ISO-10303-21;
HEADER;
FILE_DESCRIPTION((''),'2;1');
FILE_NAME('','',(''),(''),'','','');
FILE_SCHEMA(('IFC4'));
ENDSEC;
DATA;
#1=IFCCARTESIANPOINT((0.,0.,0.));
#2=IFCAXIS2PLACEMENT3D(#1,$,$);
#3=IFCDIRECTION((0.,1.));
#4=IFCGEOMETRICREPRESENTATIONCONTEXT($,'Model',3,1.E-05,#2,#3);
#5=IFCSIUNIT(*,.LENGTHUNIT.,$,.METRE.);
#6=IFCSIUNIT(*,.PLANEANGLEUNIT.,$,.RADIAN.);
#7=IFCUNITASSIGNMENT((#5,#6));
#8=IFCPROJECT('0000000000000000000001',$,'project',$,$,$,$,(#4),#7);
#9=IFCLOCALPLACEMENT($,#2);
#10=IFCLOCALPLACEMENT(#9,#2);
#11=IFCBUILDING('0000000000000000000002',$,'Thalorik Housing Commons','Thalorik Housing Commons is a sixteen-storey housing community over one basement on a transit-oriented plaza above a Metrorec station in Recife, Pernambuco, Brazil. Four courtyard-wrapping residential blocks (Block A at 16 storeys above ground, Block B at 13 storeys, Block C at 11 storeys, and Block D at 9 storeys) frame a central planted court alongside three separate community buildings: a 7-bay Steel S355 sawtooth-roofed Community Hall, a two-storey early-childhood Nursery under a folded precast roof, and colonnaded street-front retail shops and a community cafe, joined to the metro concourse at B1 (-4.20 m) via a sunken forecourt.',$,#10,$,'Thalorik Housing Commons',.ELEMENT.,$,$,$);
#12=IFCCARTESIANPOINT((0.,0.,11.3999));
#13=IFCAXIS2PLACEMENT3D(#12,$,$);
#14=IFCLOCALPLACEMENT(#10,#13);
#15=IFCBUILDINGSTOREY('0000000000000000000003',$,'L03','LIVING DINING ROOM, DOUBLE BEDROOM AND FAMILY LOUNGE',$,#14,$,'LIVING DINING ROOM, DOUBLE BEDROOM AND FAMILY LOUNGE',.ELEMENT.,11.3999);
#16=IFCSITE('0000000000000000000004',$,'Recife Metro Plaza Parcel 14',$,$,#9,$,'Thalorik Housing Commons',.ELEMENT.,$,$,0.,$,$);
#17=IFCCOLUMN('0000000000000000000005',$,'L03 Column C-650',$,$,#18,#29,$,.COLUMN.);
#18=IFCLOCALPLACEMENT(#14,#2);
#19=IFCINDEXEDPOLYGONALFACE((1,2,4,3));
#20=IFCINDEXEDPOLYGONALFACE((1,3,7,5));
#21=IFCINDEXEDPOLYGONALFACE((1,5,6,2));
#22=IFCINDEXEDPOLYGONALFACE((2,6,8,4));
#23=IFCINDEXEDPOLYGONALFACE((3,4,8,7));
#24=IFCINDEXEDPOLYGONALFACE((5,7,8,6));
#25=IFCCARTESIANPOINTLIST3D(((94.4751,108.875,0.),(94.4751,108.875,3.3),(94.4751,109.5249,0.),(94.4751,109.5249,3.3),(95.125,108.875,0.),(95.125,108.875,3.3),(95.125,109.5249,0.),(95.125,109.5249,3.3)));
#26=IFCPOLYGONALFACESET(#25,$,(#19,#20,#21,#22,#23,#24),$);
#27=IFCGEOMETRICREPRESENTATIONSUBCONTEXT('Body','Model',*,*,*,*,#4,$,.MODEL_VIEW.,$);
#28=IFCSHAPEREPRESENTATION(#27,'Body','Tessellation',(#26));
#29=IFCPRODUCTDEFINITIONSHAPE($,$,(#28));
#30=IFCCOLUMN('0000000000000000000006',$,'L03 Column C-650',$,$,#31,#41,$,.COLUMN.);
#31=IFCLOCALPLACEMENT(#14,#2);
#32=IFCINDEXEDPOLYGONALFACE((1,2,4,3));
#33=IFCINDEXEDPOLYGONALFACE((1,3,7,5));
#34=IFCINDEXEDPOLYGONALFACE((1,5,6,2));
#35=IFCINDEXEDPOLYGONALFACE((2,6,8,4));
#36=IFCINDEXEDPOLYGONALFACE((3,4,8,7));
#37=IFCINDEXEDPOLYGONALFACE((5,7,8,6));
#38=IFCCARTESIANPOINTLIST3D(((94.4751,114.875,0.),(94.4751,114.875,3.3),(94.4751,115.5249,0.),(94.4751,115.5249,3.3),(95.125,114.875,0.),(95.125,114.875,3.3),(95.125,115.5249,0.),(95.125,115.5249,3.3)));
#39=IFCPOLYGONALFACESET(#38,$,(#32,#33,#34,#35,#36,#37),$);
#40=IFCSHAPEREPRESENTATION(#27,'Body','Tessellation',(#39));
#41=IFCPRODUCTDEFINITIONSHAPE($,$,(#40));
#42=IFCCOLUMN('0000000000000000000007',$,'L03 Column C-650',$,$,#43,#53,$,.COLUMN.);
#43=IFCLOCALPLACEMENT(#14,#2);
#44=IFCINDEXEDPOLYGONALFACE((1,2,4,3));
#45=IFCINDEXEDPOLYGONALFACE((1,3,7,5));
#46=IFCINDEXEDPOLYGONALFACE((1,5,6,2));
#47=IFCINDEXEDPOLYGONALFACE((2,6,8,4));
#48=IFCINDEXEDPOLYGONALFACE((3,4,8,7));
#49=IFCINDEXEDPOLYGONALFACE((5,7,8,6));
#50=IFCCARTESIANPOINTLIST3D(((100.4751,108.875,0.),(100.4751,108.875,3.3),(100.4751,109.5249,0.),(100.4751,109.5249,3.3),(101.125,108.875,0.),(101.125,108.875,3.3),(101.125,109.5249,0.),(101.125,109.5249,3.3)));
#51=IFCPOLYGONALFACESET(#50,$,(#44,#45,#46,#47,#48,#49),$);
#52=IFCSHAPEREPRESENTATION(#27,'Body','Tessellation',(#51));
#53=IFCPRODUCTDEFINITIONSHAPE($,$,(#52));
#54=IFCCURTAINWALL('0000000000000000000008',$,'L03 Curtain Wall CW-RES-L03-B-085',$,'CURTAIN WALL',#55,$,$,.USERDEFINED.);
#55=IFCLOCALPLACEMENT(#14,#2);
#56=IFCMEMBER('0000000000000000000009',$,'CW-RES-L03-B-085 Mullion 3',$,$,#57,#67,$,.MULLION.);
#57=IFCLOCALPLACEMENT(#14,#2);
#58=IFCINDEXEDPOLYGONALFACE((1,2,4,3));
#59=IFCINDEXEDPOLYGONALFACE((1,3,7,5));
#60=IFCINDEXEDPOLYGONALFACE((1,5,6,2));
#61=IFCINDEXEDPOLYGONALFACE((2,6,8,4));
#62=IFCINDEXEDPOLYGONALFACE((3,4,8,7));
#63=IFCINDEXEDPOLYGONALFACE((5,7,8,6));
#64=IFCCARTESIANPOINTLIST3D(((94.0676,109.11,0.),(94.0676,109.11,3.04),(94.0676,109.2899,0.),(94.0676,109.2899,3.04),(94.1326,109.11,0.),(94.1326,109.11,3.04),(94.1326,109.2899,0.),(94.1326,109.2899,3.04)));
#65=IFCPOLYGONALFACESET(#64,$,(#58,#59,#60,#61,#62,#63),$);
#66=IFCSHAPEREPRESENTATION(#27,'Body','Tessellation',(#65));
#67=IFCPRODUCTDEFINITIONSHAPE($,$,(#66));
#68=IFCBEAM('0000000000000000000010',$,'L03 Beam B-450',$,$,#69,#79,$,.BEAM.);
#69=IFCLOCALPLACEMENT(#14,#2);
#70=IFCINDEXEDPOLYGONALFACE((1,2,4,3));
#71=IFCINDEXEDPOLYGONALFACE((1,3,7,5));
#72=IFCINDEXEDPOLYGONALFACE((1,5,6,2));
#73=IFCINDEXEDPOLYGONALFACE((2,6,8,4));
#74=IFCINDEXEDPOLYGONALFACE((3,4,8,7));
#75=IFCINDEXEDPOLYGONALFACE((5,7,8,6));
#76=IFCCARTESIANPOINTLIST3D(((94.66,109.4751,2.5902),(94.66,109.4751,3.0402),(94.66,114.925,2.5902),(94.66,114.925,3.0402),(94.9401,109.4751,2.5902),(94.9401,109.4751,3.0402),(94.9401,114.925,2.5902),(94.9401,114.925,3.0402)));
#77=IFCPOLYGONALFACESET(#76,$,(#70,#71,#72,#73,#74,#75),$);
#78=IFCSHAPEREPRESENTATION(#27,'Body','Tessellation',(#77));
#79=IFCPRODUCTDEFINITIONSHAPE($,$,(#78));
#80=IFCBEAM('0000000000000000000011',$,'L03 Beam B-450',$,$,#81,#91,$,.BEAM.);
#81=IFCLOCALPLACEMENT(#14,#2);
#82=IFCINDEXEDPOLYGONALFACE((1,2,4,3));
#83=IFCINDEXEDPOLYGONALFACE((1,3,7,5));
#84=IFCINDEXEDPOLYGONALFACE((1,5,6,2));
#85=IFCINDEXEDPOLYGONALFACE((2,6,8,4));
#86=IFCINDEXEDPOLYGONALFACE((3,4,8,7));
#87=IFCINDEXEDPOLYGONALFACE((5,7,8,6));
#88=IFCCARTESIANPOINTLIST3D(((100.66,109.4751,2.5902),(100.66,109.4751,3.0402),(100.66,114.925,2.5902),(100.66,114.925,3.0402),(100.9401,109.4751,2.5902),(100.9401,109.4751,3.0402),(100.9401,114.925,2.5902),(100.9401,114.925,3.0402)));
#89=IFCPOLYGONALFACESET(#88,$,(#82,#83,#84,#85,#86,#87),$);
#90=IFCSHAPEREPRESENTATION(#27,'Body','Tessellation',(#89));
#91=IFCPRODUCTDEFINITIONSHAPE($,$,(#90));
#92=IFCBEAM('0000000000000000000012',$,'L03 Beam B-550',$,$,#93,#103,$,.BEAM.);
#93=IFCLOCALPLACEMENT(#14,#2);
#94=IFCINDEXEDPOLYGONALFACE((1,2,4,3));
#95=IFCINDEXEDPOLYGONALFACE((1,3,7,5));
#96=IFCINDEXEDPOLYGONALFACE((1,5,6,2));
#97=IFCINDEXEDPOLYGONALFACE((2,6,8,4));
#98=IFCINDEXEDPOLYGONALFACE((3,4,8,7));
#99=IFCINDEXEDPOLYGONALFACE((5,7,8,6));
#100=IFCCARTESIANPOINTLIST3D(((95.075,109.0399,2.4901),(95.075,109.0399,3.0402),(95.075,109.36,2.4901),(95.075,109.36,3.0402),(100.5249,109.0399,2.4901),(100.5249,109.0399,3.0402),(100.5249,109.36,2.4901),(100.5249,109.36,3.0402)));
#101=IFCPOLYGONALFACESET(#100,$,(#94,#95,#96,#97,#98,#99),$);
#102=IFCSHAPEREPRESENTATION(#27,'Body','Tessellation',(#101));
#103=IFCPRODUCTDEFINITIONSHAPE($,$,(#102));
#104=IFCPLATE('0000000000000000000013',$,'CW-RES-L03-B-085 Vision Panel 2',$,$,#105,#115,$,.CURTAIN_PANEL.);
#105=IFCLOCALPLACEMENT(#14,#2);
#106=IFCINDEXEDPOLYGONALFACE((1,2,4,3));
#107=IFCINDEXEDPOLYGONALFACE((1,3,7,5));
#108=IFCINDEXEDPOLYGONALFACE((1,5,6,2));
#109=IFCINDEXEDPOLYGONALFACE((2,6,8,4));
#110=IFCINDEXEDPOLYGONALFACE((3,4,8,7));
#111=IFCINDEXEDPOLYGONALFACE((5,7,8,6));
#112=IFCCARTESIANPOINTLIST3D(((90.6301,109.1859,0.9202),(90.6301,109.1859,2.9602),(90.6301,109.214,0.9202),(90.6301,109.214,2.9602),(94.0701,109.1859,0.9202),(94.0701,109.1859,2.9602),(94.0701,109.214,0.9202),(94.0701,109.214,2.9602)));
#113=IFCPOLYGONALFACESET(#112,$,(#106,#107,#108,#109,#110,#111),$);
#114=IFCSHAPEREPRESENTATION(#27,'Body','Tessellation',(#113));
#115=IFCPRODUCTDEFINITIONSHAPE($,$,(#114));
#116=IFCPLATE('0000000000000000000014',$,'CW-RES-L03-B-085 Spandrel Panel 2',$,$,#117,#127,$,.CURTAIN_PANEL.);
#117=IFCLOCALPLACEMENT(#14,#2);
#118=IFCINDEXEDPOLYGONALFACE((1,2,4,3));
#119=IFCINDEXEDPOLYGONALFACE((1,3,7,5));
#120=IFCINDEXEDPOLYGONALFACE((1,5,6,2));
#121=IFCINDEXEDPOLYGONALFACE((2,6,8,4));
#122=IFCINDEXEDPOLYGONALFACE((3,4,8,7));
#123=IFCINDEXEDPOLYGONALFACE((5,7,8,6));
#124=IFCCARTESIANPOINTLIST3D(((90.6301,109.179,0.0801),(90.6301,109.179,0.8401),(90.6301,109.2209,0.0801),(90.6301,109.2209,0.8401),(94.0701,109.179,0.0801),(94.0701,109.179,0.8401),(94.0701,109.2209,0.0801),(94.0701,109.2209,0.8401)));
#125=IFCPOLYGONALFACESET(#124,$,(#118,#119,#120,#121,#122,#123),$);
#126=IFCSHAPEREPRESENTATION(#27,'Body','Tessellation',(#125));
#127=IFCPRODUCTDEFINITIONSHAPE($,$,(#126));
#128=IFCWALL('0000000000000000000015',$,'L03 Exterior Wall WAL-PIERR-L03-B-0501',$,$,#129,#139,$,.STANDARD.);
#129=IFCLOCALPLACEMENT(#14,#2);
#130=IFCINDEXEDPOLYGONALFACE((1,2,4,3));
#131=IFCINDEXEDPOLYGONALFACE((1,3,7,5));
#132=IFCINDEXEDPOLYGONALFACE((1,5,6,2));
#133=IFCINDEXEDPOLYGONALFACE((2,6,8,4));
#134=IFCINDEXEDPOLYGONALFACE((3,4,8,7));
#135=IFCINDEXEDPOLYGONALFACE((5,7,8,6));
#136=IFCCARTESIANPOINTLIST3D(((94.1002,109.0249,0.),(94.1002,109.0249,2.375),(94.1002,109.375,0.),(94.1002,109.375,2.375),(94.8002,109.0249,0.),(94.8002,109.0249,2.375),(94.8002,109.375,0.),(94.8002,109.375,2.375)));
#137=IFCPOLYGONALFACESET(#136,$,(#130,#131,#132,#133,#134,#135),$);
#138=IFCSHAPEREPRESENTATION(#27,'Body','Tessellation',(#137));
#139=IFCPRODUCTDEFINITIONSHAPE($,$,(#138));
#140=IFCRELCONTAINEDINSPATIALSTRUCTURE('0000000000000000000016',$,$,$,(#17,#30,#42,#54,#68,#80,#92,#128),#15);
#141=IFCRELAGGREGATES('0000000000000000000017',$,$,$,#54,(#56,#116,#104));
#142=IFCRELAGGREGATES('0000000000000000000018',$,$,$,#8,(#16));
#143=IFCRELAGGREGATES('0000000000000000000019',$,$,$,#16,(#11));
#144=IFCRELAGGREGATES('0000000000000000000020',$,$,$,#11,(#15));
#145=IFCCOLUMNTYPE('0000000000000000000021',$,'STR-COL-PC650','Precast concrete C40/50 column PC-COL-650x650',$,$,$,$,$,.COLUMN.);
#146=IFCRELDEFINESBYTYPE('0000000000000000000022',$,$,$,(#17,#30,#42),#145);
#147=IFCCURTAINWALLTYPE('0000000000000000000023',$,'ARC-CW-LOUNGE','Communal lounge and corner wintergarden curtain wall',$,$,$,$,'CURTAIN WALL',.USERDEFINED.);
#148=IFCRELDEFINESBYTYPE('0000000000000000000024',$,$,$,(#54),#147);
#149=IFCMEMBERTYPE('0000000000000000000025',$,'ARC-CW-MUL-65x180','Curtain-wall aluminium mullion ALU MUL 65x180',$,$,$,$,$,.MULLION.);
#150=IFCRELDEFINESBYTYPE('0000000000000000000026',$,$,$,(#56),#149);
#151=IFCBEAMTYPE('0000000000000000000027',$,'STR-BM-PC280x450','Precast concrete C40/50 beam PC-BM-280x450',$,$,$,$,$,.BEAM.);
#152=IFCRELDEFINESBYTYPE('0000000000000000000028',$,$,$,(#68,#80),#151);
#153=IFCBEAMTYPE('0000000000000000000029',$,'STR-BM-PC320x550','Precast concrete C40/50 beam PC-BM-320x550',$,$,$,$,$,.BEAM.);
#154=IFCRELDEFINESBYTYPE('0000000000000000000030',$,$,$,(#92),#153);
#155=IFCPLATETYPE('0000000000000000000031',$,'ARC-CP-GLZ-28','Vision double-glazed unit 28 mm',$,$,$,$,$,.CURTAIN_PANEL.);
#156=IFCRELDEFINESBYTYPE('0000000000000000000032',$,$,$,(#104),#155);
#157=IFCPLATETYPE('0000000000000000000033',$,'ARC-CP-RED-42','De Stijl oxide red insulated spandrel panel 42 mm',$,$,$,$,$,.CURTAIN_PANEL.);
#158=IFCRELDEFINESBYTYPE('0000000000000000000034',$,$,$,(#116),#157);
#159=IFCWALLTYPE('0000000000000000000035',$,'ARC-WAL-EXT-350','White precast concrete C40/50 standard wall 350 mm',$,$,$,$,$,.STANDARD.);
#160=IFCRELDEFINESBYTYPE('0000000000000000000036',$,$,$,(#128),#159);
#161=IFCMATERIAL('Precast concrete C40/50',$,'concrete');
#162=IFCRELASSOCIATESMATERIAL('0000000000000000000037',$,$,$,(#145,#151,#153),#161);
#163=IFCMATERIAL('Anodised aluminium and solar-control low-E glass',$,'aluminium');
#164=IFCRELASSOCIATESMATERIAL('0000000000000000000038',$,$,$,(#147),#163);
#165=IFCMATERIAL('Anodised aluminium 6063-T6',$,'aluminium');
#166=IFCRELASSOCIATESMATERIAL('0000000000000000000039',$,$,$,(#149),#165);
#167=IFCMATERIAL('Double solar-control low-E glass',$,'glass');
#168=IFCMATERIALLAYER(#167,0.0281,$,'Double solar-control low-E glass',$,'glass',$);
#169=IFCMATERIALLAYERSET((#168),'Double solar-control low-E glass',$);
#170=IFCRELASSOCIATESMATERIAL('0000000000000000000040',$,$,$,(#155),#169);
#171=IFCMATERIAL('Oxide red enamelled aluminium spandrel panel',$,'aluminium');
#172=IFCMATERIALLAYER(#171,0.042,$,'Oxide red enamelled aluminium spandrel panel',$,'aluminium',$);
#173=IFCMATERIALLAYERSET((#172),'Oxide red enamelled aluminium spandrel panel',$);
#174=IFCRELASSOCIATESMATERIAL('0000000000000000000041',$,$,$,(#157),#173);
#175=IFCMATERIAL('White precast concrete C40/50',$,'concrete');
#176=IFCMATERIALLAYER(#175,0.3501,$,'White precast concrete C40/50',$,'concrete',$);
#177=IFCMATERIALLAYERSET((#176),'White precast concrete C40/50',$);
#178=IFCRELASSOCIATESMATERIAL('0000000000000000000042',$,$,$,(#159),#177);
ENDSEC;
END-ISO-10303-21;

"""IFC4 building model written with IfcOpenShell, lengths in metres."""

from ifc_helpers import new_model, si_unit, direction, frame, frame_2d, origin, origin_2d, place, context, subcontext, project, spatial, rectangle, extrude, material, layer, layer_set, material_profile, profile_set, type_object, element, aggregate, save


model = new_model("IFC4")

# Units and contexts
model_context = context("Model", 3, precision=1e-05, world=origin(), true_north=direction((0.0, 1.0)))
body_context = subcontext(model_context, "Body", "Model", "MODEL_VIEW")
ifc_project = project(units=[si_unit("LENGTHUNIT", "METRE"), si_unit("PLANEANGLEUNIT", "RADIAN")], contexts=[model_context])

# Site, building, storey
site_placement = place(None, origin())
site = spatial("IfcSite", under=ifc_project, at=site_placement, Name="Recife Metro Plaza Parcel 14", LongName="Thalorik Housing Commons", CompositionType="ELEMENT", RefElevation=0.0)
building_placement = place(site_placement, origin())
building = spatial("IfcBuilding", under=site, at=building_placement, Name="Thalorik Housing Commons", Description="Thalorik Housing Commons is a sixteen-storey housing community over one basement on a transit-oriented plaza above a Metrorec station in Recife, Pernambuco, Brazil. Four courtyard-wrapping residential blocks (Block A at 16 storeys above ground, Block B at 13 storeys, Block C at 11 storeys, and Block D at 9 storeys) frame a central planted court alongside three separate community buildings: a 7-bay Steel S355 sawtooth-roofed Community Hall, a two-storey early-childhood Nursery under a folded precast roof, and colonnaded street-front retail shops and a community cafe, joined to the metro concourse at B1 (-4.20 m) via a sunken forecourt.", LongName="Thalorik Housing Commons", CompositionType="ELEMENT")
storey_placement = place(building_placement, frame((0.0, 0.0, 11.3999)))
storey = spatial("IfcBuildingStorey", under=building, at=storey_placement, Name="L03", Description="LIVING DINING ROOM, DOUBLE BEDROOM AND FAMILY LOUNGE", LongName="LIVING DINING ROOM, DOUBLE BEDROOM AND FAMILY LOUNGE", CompositionType="ELEMENT", Elevation=11.3999)

# Columns
ifc_material_1 = material(Name="Precast concrete C40/50", Category="concrete")
ifc_material_profile_1 = material_profile(ifc_material_1, rectangle(XDim=0.6499, YDim=0.6499, at=origin_2d()), Name="PC 650x650", Category="concrete")
ifc_profile_set_1 = profile_set([ifc_material_profile_1], Name="Precast concrete C40/50")
column_type = type_object("IfcColumnType", Name="STR-COL-PC650", Description="Precast concrete C40/50 column PC-COL-650x650", PredefinedType="COLUMN", material=ifc_profile_set_1)
for number, where, z_axis, x_axis, name in (
    (1, (94.8, 109.2, 0.0), (0.0, 0.0, 1.0), (1.0, 0.0, 0.0), "L03 Column C-650"),
    (2, (94.8, 115.2, 0.0), (0.0, 0.0, 1.0), (1.0, 0.0, 0.0), "L03 Column C-650"),
    (3, (100.8, 109.2, 0.0), (0.0, 0.0, 1.0), (1.0, 0.0, 0.0), "L03 Column C-650"),
):
    element("IfcColumn", number, at=place(storey_placement, frame(where, z_axis=z_axis, x_axis=x_axis)), inside=storey, type_object=column_type, Name=name, PredefinedType="COLUMN", context=body_context, shape_type="SweptSolid", body=[
        extrude(rectangle(XDim=0.6499, YDim=0.6499, at=origin_2d()), origin(), (0.0, 0.0, 1.0), 3.3),
    ])

# Curtain wall, member
ifc_material_2 = material(Name="Anodised aluminium and solar-control low-E glass", Category="aluminium")
curtain_wall_type = type_object("IfcCurtainWallType", Name="ARC-CW-LOUNGE", Description="Communal lounge and corner wintergarden curtain wall", ElementType="CURTAIN WALL", PredefinedType="USERDEFINED", material=ifc_material_2)
curtain_wall_placement = place(storey_placement, origin())
curtain_wall = element("IfcCurtainWall", 4, at=curtain_wall_placement, inside=storey, type_object=curtain_wall_type, Name="L03 Curtain Wall CW-RES-L03-B-085", ObjectType="CURTAIN WALL", PredefinedType="USERDEFINED")
ifc_material_3 = material(Name="Anodised aluminium 6063-T6", Category="aluminium")
ifc_material_profile_2 = material_profile(ifc_material_3, rectangle(XDim=0.0649, YDim=0.1799, at=origin_2d()), Name="ALU MUL 65x180", Category="aluminium")
ifc_profile_set_2 = profile_set([ifc_material_profile_2], Name="Anodised aluminium 6063-T6")
member_type = type_object("IfcMemberType", Name="ARC-CW-MUL-65x180", Description="Curtain-wall aluminium mullion ALU MUL 65x180", PredefinedType="MULLION", material=ifc_profile_set_2)
member_placement = place(storey_placement, frame((94.1001, 109.2, 0.0), z_axis=(0.0, 0.0, 1.0), x_axis=(1.0, 0.0, 0.0)))
member = element("IfcMember", 5, at=member_placement, type_object=member_type, Name="CW-RES-L03-B-085 Mullion 3", PredefinedType="MULLION", context=body_context, shape_type="SweptSolid", body=[
    extrude(rectangle(XDim=0.0649, YDim=0.1799, at=origin_2d()), origin(), (0.0, 0.0, 1.0), 3.04),
])

# Beams
ifc_material_profile_3 = material_profile(ifc_material_1, rectangle(XDim=0.28, YDim=0.45, at=origin_2d()), Name="PC 280x450", Category="concrete")
ifc_profile_set_3 = profile_set([ifc_material_profile_3], Name="Precast concrete C40/50")
beam_type_1 = type_object("IfcBeamType", Name="STR-BM-PC280x450", Description="Precast concrete C40/50 beam PC-BM-280x450", PredefinedType="BEAM", material=ifc_profile_set_3)
for number, where, z_axis, x_axis, name in (
    (6, (94.8, 109.4751, 2.8152), (0.0, 1.0, 0.0), (-1.0, 0.0, 0.0), "L03 Beam B-450"),
    (7, (100.8, 109.4751, 2.8152), (0.0, 1.0, 0.0), (-1.0, 0.0, 0.0), "L03 Beam B-450"),
):
    element("IfcBeam", number, at=place(storey_placement, frame(where, z_axis=z_axis, x_axis=x_axis)), inside=storey, type_object=beam_type_1, Name=name, PredefinedType="BEAM", context=body_context, shape_type="SweptSolid", body=[
        extrude(rectangle(XDim=0.28, YDim=0.45, at=origin_2d()), origin(), (0.0, 0.0, 1.0), 5.45),
    ])
ifc_material_profile_4 = material_profile(ifc_material_1, rectangle(XDim=0.3201, YDim=0.55, at=origin_2d()), Name="PC 320x550", Category="concrete")
ifc_profile_set_4 = profile_set([ifc_material_profile_4], Name="Precast concrete C40/50")
beam_type_2 = type_object("IfcBeamType", Name="STR-BM-PC320x550", Description="Precast concrete C40/50 beam PC-BM-320x550", PredefinedType="BEAM", material=ifc_profile_set_4)
beam_placement = place(storey_placement, frame((95.075, 109.2, 2.7651), z_axis=(1.0, 0.0, 0.0), x_axis=(0.0, 1.0, 0.0)))
element("IfcBeam", 8, at=beam_placement, inside=storey, type_object=beam_type_2, Name="L03 Beam B-550", PredefinedType="BEAM", context=body_context, shape_type="SweptSolid", body=[
    extrude(rectangle(XDim=0.3201, YDim=0.55, at=origin_2d()), origin(), (0.0, 0.0, 1.0), 5.45),
])

# Plates
ifc_material_4 = material(Name="Double solar-control low-E glass", Category="glass")
ifc_layer_1 = layer(ifc_material_4, 0.0281, Name="Double solar-control low-E glass", Category="glass")
ifc_layer_set_1 = layer_set([ifc_layer_1], Name="Double solar-control low-E glass")
plate_type_1 = type_object("IfcPlateType", Name="ARC-CP-GLZ-28", Description="Vision double-glazed unit 28 mm", PredefinedType="CURTAIN_PANEL", material=ifc_layer_set_1)
plate_1_placement = place(storey_placement, frame((92.3501, 109.2, 0.9202), z_axis=(0.0, 0.0, 1.0), x_axis=(1.0, 0.0, 0.0)))
plate_1 = element("IfcPlate", 9, at=plate_1_placement, type_object=plate_type_1, Name="CW-RES-L03-B-085 Vision Panel 2", PredefinedType="CURTAIN_PANEL", context=body_context, shape_type="SweptSolid", body=[
    extrude(rectangle(XDim=3.4399, YDim=0.0281, at=origin_2d()), origin(), (0.0, 0.0, 1.0), 2.04),
])
ifc_material_5 = material(Name="Oxide red enamelled aluminium spandrel panel", Category="aluminium")
ifc_layer_2 = layer(ifc_material_5, 0.042, Name="Oxide red enamelled aluminium spandrel panel", Category="aluminium")
ifc_layer_set_2 = layer_set([ifc_layer_2], Name="Oxide red enamelled aluminium spandrel panel")
plate_type_2 = type_object("IfcPlateType", Name="ARC-CP-RED-42", Description="De Stijl oxide red insulated spandrel panel 42 mm", PredefinedType="CURTAIN_PANEL", material=ifc_layer_set_2)
plate_2_placement = place(storey_placement, frame((92.3501, 109.2, 0.0801), z_axis=(0.0, 0.0, 1.0), x_axis=(1.0, 0.0, 0.0)))
plate_2 = element("IfcPlate", 10, at=plate_2_placement, type_object=plate_type_2, Name="CW-RES-L03-B-085 Spandrel Panel 2", PredefinedType="CURTAIN_PANEL", context=body_context, shape_type="SweptSolid", body=[
    extrude(rectangle(XDim=3.4399, YDim=0.042, at=origin_2d()), origin(), (0.0, 0.0, 1.0), 0.76),
])
aggregate(curtain_wall, [member, plate_2, plate_1])

# Wall
ifc_material_6 = material(Name="White precast concrete C40/50", Category="concrete")
ifc_layer_3 = layer(ifc_material_6, 0.3501, Name="White precast concrete C40/50", Category="concrete")
ifc_layer_set_3 = layer_set([ifc_layer_3], Name="White precast concrete C40/50")
wall_type_1 = type_object("IfcWallType", Name="ARC-WAL-EXT-350", Description="White precast concrete C40/50 standard wall 350 mm", PredefinedType="STANDARD", material=ifc_layer_set_3)
wall_1_placement = place(storey_placement, frame((94.1001, 109.2, 0.0), z_axis=(0.0, 0.0, 1.0), x_axis=(1.0, 0.0, 0.0)))
element("IfcWall", 11, at=wall_1_placement, inside=storey, type_object=wall_type_1, Name="L03 Exterior Wall WAL-PIERR-L03-B-0501", PredefinedType="STANDARD", context=body_context, shape_type="SweptSolid", body=[
    extrude(rectangle(XDim=0.7, YDim=0.3501, at=frame_2d((0.3501, 0.0))), origin(), (0.0, 0.0, 1.0), 2.375),
])

save(model, "model.ifc")
